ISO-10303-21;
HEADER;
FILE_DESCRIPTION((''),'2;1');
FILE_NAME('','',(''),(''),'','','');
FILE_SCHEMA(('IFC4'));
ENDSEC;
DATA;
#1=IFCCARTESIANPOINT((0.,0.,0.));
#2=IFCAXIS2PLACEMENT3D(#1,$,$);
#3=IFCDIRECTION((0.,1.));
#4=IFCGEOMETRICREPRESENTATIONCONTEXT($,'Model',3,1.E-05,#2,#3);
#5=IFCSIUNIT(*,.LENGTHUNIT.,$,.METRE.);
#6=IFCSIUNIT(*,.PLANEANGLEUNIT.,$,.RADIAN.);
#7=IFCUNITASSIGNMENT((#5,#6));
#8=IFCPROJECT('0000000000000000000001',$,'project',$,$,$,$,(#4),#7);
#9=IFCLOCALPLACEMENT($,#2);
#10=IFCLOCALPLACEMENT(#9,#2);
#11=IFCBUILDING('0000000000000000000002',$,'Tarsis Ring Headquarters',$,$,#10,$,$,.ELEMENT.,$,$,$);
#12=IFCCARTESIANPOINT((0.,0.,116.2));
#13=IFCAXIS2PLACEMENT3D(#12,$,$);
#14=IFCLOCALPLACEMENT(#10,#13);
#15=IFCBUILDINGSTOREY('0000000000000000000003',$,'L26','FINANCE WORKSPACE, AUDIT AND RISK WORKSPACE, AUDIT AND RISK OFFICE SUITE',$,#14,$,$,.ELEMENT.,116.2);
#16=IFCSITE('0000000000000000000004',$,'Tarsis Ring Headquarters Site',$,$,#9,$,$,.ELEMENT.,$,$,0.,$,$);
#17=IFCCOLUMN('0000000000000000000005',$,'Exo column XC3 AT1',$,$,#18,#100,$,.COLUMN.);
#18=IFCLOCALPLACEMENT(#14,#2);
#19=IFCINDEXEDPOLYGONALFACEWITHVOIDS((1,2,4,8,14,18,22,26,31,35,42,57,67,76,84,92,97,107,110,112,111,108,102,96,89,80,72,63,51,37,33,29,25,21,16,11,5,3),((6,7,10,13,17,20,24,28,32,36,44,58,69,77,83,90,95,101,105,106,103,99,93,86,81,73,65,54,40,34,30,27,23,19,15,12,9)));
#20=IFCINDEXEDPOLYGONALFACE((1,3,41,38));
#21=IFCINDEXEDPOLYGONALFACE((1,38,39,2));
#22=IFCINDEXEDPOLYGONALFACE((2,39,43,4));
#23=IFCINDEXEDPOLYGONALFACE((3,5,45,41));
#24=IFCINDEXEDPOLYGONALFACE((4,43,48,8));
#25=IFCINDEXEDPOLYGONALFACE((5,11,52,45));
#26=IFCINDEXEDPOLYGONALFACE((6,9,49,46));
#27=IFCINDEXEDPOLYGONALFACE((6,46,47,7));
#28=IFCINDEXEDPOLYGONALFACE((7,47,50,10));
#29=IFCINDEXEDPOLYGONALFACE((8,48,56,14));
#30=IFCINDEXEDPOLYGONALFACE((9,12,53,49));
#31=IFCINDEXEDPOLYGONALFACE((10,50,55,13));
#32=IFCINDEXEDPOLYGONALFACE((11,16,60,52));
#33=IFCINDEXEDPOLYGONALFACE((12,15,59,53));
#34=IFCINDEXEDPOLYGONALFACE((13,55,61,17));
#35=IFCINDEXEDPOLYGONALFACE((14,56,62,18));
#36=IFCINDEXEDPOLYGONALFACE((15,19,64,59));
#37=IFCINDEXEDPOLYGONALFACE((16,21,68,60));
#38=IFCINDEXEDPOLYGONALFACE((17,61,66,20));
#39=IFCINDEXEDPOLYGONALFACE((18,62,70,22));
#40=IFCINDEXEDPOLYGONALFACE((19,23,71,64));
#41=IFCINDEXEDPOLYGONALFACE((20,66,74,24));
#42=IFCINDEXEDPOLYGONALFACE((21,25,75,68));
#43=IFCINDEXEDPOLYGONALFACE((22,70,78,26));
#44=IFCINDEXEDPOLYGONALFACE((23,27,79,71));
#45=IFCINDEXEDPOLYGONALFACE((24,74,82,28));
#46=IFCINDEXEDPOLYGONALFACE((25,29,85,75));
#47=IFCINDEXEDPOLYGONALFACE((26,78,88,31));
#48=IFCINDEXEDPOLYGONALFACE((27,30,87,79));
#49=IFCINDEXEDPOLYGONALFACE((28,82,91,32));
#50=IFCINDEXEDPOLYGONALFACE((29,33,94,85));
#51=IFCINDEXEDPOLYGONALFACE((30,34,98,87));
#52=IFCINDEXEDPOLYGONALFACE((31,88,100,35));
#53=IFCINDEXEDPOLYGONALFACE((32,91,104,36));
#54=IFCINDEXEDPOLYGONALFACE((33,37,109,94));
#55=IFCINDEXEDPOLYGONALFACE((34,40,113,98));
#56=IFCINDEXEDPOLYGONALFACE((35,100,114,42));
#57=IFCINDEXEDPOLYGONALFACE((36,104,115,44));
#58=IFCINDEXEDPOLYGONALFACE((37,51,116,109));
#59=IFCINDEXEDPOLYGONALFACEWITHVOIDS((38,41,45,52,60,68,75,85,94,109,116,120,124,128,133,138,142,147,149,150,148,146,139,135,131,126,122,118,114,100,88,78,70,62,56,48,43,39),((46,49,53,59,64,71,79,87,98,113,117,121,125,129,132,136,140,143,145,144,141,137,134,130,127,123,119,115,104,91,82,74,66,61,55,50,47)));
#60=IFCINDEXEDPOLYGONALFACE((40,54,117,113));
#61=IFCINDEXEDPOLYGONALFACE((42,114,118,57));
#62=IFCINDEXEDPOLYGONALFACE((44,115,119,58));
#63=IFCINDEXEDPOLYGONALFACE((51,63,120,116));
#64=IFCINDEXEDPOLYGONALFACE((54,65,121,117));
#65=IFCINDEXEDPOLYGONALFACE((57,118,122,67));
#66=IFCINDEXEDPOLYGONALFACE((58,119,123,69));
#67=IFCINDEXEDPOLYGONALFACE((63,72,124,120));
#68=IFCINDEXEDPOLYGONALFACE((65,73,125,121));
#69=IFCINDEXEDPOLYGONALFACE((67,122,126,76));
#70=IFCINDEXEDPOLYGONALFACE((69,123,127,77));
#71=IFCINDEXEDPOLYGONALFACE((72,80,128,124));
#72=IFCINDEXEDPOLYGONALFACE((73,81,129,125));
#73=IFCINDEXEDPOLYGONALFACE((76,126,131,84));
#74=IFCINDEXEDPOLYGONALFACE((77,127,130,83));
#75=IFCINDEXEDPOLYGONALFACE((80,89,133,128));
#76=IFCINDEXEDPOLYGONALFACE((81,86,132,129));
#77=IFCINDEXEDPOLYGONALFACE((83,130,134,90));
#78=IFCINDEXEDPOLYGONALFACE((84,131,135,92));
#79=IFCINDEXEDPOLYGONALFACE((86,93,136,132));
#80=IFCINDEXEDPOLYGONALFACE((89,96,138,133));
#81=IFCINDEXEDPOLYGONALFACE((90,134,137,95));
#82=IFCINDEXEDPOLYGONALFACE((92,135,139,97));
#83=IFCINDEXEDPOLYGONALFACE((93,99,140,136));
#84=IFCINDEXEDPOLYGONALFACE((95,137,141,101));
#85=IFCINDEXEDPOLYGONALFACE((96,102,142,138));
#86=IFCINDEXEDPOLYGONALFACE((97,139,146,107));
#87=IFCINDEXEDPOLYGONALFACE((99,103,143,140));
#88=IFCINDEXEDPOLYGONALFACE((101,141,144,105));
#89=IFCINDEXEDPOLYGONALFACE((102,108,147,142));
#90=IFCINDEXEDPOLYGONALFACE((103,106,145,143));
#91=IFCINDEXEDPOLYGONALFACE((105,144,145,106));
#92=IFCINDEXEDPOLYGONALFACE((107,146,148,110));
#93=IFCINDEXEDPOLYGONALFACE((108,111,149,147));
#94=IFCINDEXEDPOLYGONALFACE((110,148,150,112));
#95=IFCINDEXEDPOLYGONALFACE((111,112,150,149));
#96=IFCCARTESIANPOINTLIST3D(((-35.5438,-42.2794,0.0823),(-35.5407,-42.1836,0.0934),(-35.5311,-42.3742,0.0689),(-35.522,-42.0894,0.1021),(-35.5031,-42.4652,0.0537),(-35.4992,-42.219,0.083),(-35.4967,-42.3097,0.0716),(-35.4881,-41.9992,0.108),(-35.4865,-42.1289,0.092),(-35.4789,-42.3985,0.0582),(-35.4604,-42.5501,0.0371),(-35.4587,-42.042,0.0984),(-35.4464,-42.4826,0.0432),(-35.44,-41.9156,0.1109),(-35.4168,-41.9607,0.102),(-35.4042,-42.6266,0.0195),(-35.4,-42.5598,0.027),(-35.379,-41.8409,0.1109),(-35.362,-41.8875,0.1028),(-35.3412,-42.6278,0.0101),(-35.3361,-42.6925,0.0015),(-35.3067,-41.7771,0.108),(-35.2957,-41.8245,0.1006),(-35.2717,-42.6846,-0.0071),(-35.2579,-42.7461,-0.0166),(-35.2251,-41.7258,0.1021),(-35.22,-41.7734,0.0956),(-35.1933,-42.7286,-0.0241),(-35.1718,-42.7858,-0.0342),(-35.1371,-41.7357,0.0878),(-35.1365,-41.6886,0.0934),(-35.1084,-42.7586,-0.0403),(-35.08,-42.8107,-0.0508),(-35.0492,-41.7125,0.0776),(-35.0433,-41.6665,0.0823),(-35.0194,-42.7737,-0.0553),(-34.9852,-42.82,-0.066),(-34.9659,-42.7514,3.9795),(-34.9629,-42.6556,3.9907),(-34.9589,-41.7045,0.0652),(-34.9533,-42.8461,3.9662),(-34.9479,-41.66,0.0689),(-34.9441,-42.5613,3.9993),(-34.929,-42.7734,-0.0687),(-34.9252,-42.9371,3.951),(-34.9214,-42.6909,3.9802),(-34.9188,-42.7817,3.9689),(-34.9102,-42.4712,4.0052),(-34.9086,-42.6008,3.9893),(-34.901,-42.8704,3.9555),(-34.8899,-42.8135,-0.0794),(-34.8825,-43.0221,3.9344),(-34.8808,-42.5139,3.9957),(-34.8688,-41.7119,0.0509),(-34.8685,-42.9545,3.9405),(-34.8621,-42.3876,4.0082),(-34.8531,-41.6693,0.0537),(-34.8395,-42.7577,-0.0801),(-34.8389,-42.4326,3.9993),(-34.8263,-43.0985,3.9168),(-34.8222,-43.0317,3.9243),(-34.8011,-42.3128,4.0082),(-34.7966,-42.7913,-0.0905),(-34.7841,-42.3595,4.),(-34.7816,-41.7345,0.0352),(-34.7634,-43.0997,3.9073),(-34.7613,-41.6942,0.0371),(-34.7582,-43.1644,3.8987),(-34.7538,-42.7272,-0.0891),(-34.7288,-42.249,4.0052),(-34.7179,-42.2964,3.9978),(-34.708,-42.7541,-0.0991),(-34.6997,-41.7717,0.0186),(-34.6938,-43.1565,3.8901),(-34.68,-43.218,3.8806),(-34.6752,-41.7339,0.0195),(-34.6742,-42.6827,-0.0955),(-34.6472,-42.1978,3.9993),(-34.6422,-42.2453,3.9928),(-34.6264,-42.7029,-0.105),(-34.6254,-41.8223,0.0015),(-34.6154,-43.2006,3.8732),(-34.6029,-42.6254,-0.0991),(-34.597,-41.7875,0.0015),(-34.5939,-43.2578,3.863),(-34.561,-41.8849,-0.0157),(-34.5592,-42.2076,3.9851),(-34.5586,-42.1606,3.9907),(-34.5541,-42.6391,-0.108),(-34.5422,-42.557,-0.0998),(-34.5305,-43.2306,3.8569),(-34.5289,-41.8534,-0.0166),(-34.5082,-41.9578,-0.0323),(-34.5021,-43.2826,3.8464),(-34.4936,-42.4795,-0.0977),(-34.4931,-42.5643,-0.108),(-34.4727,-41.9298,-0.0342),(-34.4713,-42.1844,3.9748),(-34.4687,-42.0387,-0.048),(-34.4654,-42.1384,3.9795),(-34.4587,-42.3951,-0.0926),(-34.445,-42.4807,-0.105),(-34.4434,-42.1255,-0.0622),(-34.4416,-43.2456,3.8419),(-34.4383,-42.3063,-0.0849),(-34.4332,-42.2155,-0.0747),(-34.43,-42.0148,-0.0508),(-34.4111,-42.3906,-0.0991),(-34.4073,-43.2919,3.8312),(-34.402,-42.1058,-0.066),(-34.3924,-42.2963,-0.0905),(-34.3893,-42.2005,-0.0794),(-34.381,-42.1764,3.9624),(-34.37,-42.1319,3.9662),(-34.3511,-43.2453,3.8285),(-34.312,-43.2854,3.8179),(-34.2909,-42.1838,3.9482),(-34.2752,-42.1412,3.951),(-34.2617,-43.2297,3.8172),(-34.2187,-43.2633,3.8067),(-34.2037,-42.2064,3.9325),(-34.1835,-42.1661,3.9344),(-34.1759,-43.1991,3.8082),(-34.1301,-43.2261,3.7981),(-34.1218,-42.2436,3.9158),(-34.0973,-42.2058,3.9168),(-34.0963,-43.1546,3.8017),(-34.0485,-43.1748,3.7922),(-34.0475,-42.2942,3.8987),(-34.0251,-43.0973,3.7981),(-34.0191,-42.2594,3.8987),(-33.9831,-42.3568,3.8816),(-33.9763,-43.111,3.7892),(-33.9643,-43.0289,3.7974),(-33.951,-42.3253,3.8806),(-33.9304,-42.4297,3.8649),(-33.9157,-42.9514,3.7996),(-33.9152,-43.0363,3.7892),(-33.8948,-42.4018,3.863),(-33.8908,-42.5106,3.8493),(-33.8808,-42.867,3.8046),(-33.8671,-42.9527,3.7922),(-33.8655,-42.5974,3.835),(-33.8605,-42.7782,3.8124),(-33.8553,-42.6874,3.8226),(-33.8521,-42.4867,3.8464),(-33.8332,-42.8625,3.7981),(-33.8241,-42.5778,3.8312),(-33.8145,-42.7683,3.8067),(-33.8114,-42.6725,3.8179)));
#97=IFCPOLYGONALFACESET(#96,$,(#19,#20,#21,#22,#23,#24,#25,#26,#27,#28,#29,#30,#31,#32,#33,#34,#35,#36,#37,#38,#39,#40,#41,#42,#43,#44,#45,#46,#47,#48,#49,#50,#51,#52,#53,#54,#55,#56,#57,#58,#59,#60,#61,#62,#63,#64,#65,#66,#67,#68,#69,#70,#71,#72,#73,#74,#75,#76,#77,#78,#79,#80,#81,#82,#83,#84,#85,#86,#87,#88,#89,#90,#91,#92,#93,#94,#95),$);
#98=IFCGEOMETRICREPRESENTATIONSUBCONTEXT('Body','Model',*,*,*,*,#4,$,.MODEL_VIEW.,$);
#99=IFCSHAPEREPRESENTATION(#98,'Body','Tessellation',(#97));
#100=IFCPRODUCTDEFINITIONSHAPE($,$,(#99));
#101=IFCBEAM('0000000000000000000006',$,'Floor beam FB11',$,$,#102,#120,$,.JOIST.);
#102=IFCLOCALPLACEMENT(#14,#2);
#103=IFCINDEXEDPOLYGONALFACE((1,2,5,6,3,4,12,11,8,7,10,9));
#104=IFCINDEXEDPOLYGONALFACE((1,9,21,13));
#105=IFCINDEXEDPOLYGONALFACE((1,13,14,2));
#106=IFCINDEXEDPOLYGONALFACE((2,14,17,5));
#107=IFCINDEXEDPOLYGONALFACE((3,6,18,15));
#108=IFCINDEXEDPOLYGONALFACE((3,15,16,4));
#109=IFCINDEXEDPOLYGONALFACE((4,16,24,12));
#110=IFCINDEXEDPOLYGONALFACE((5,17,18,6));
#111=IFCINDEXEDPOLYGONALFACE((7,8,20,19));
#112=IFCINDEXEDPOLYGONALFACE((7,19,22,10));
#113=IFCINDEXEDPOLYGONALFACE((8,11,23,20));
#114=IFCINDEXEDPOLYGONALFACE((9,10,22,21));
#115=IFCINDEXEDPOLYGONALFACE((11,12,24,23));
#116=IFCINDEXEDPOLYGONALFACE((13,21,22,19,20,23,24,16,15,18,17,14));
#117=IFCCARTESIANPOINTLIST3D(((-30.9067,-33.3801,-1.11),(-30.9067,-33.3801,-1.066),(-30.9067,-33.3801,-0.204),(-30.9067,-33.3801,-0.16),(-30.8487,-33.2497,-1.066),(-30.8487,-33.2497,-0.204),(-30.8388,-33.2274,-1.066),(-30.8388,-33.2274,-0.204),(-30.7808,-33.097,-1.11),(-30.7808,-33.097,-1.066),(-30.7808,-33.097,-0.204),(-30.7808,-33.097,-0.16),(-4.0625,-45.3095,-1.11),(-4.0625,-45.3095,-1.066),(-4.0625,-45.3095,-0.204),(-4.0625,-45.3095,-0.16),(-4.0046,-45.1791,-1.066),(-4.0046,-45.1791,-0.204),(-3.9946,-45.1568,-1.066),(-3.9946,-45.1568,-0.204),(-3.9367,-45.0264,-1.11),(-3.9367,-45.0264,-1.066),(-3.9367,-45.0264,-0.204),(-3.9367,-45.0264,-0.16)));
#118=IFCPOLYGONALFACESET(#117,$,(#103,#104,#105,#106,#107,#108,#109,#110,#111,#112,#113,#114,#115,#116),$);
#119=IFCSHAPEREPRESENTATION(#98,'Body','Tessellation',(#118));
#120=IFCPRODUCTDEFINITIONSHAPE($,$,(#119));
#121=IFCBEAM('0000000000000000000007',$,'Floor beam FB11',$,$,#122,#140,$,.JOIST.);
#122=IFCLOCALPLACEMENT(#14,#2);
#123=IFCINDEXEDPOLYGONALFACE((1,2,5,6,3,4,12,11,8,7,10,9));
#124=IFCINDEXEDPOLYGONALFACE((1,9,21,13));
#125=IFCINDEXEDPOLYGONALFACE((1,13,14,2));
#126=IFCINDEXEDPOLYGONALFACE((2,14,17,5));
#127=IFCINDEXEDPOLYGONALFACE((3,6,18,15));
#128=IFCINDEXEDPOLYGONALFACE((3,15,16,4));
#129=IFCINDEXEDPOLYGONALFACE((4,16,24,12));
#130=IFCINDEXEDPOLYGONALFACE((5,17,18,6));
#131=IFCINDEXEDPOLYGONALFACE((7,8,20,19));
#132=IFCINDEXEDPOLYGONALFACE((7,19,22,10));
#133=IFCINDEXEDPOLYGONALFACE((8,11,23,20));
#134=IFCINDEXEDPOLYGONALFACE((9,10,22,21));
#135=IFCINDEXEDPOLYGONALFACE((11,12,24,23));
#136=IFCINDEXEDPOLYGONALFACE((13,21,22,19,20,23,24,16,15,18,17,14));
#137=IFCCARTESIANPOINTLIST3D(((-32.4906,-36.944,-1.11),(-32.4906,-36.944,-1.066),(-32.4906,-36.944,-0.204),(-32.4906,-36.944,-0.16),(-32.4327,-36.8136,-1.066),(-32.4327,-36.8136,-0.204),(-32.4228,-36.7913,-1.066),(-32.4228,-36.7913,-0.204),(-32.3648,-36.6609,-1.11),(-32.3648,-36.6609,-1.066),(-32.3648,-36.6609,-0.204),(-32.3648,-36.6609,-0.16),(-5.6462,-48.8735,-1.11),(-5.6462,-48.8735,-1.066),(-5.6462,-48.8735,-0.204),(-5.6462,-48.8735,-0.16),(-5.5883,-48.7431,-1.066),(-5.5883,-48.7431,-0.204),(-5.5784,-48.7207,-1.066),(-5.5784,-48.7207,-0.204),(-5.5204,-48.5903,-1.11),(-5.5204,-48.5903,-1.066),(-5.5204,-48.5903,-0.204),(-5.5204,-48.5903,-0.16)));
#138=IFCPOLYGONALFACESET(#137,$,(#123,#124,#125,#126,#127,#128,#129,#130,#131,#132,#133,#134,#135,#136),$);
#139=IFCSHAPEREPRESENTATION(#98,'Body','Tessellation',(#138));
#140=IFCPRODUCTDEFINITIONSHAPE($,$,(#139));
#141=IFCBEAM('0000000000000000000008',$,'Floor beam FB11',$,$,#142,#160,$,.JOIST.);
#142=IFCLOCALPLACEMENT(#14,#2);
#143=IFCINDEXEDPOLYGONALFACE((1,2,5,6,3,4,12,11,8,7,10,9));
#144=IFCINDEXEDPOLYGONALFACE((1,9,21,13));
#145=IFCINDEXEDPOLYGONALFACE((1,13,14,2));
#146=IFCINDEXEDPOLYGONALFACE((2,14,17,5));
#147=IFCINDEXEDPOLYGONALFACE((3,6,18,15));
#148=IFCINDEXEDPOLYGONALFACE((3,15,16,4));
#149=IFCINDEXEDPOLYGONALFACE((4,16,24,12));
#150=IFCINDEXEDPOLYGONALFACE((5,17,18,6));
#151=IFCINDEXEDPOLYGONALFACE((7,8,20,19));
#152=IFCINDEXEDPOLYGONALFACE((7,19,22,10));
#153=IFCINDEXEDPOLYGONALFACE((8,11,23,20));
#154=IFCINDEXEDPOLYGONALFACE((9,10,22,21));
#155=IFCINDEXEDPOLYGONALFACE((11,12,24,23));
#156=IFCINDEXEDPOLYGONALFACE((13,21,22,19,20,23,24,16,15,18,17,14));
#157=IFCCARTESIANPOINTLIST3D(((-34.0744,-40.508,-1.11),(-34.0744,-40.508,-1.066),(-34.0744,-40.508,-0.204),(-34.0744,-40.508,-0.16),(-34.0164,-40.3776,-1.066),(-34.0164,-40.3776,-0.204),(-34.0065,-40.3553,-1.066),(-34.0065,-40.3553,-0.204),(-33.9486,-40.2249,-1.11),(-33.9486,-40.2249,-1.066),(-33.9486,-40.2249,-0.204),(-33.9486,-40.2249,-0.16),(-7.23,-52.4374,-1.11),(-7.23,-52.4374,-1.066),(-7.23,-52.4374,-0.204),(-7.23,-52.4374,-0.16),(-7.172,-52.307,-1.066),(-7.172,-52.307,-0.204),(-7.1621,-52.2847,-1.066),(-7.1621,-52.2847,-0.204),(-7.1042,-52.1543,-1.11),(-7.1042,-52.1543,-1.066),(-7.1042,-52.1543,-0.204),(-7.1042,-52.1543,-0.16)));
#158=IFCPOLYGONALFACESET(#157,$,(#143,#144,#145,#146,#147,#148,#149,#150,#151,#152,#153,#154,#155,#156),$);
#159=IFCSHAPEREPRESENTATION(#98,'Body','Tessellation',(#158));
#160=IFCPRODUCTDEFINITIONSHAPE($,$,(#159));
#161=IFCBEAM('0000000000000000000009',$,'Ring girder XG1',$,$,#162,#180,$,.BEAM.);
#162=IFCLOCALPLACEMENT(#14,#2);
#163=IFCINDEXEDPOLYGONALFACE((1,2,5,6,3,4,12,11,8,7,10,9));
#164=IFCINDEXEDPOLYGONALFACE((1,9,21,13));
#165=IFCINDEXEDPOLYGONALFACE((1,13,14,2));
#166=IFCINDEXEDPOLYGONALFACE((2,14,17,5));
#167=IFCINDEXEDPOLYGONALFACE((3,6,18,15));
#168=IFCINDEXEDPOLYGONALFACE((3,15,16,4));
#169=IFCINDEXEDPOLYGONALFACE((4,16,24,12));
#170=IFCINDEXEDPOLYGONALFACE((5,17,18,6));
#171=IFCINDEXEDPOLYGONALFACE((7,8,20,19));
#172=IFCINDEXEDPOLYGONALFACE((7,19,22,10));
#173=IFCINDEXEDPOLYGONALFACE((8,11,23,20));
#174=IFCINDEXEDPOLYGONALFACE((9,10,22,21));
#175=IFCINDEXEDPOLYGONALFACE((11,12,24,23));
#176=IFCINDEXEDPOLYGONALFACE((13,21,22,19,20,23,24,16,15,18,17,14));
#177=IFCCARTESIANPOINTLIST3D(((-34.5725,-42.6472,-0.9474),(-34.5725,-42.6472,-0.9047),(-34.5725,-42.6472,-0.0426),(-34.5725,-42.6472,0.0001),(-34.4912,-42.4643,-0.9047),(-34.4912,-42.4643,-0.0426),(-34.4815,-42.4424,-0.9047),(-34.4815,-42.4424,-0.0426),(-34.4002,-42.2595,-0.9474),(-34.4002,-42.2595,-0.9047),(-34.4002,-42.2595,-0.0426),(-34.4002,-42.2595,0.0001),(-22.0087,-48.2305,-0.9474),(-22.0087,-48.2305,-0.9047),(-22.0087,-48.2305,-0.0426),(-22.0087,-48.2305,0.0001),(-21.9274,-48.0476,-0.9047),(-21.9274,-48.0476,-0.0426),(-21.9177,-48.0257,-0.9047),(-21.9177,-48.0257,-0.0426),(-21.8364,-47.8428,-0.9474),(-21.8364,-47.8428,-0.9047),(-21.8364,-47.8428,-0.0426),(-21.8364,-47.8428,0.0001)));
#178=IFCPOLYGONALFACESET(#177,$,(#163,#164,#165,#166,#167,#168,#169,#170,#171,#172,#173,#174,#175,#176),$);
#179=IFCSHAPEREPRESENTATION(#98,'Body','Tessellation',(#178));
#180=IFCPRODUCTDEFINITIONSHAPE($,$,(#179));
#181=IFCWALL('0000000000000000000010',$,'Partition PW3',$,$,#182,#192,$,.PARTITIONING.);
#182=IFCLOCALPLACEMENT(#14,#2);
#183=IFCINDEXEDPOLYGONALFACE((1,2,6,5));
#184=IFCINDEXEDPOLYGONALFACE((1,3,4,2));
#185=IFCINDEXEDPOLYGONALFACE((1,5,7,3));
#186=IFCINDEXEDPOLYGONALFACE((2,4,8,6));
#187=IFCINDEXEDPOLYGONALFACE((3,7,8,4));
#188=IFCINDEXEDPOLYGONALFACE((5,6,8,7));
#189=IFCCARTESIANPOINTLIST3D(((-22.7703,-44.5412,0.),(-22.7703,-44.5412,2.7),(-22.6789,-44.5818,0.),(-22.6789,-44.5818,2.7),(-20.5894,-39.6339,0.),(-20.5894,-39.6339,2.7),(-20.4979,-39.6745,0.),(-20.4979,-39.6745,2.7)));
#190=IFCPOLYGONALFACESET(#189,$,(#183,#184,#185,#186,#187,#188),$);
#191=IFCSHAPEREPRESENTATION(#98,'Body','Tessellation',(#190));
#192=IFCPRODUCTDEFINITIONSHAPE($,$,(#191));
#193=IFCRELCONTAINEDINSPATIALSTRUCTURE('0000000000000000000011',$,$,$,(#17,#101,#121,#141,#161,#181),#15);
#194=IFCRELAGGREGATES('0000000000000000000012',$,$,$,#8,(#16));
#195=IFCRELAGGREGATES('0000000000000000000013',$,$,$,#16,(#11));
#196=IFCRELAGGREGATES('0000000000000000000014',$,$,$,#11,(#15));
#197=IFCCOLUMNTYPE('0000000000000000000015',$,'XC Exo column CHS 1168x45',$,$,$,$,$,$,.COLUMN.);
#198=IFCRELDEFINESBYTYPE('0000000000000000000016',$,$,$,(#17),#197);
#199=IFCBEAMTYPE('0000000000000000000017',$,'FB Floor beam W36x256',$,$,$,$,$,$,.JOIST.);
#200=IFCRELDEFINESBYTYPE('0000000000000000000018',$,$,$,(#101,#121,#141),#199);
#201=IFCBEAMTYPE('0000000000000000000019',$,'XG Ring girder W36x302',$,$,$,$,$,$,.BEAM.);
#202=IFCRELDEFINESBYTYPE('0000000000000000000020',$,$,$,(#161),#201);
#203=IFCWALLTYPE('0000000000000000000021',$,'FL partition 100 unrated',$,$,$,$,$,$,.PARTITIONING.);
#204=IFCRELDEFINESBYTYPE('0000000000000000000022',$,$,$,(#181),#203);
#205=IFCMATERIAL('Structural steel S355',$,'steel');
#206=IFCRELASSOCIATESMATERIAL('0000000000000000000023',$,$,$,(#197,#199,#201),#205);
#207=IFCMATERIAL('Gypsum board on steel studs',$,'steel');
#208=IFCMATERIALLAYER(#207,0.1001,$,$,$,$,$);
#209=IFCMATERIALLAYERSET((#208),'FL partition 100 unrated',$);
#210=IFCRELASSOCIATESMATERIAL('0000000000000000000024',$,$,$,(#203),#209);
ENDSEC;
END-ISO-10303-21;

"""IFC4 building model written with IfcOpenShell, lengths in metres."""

from ifc_helpers import new_model, si_unit, direction, frame, frame_2d, origin, origin_2d, place, context, subcontext, project, spatial, rectangle, hollow_circle, i_section, extrude, material, layer, layer_set, material_profile, profile_set, type_object, element, save


model = new_model("IFC4")

# Units and contexts
model_context = context("Model", 3, precision=1e-05, world=origin(), true_north=direction((0.0, 1.0)))
body_context = subcontext(model_context, "Body", "Model", "MODEL_VIEW")
ifc_project = project(units=[si_unit("LENGTHUNIT", "METRE"), si_unit("PLANEANGLEUNIT", "RADIAN")], contexts=[model_context])

# Site, building, storey
site_placement = place(None, origin())
site = spatial("IfcSite", under=ifc_project, at=site_placement, Name="Tarsis Ring Headquarters Site", CompositionType="ELEMENT", RefElevation=0.0)
building_placement = place(site_placement, origin())
building = spatial("IfcBuilding", under=site, at=building_placement, Name="Tarsis Ring Headquarters", CompositionType="ELEMENT")
storey_placement = place(building_placement, frame((0.0, 0.0, 116.2)))
storey = spatial("IfcBuildingStorey", under=building, at=storey_placement, Name="L26", Description="FINANCE WORKSPACE, AUDIT AND RISK WORKSPACE, AUDIT AND RISK OFFICE SUITE", CompositionType="ELEMENT", Elevation=116.2)

# Column
ifc_material_1 = material(Name="Structural steel S355", Category="steel")
ifc_material_profile_1 = material_profile(ifc_material_1, hollow_circle(Radius=0.5842, WallThickness=0.0449, at=origin_2d()), Name="CHS 1168x45")
ifc_profile_set_1 = profile_set([ifc_material_profile_1], Name="Structural steel S355")
column_type = type_object("IfcColumnType", Name="XC Exo column CHS 1168x45", PredefinedType="COLUMN", material=ifc_profile_set_1)
column_placement = place(storey_placement, frame((-34.9666, -42.24, 0.0015), z_axis=(0.145636, -0.118933, 0.982164), x_axis=(0.632525, 0.77454, 0.0)))
element("IfcColumn", 1, at=column_placement, inside=storey, type_object=column_type, Name="Exo column XC3 AT1", PredefinedType="COLUMN", context=body_context, shape_type="SweptSolid", body=[
    extrude(hollow_circle(Radius=0.5842, WallThickness=0.0449, at=origin_2d()), origin(), (0.0, 0.0, 1.0), 3.968),
])

# Beams
ifc_material_profile_2 = material_profile(ifc_material_1, i_section(OverallWidth=0.3098, OverallDepth=0.95, WebThickness=0.0244, FlangeThickness=0.0439, at=origin_2d()), Name="W36x256")
ifc_profile_set_2 = profile_set([ifc_material_profile_2], Name="Structural steel S355")
beam_type_1 = type_object("IfcBeamType", Name="FB Floor beam W36x256", PredefinedType="JOIST", material=ifc_profile_set_2)
beam_1_placement = place(storey_placement, frame((-30.8438, -33.2385, -0.635), z_axis=(0.913828, -0.406101, 0.0), x_axis=(0.406101, 0.913828, 0.0)))
element("IfcBeam", 2, at=beam_1_placement, inside=storey, type_object=beam_type_1, Name="Floor beam FB11", PredefinedType="JOIST", context=body_context, shape_type="SweptSolid", body=[
    extrude(i_section(OverallWidth=0.3098, OverallDepth=0.95, WebThickness=0.0244, FlangeThickness=0.0439, at=origin_2d()), origin(), (0.0, 0.0, 1.0), 29.3755),
])
for number, where, z_axis, x_axis, name in (
    (3, (-32.4277, -36.8025, -0.635), (0.91383, -0.406098, 0.0), (0.406098, 0.91383, 0.0), "Floor beam FB11"),
    (4, (-34.0115, -40.3665, -0.635), (0.91383, -0.406098, 0.0), (0.406098, 0.91383, 0.0), "Floor beam FB11"),
):
    element("IfcBeam", number, at=place(storey_placement, frame(where, z_axis=z_axis, x_axis=x_axis)), inside=storey, type_object=beam_type_1, Name=name, PredefinedType="JOIST", context=body_context, shape_type="SweptSolid", body=[
        extrude(i_section(OverallWidth=0.3098, OverallDepth=0.95, WebThickness=0.0244, FlangeThickness=0.0439, at=origin_2d()), origin(), (0.0, 0.0, 1.0), 29.3757),
    ])
ifc_material_profile_3 = material_profile(ifc_material_1, i_section(OverallWidth=0.4243, OverallDepth=0.9475, WebThickness=0.0239, FlangeThickness=0.0427, at=origin_2d()), Name="W36x302")
ifc_profile_set_3 = profile_set([ifc_material_profile_3], Name="Structural steel S355")
beam_type_2 = type_object("IfcBeamType", Name="XG Ring girder W36x302", PredefinedType="BEAM", material=ifc_profile_set_3)
beam_2_placement = place(storey_placement, frame((-34.4863, -42.4534, -0.4736), z_axis=(0.913828, -0.406101, 0.0), x_axis=(0.406101, 0.913828, 0.0)))
element("IfcBeam", 5, at=beam_2_placement, inside=storey, type_object=beam_type_2, Name="Ring girder XG1", PredefinedType="BEAM", context=body_context, shape_type="SweptSolid", body=[
    extrude(i_section(OverallWidth=0.4243, OverallDepth=0.9475, WebThickness=0.0239, FlangeThickness=0.0427, at=origin_2d()), origin(), (0.0, 0.0, 1.0), 13.7485),
])

# Wall
ifc_material_2 = material(Name="Gypsum board on steel studs", Category="steel")
ifc_layer_1 = layer(ifc_material_2, 0.1001)
ifc_layer_set_1 = layer_set([ifc_layer_1], Name="FL partition 100 unrated")
wall_type_1 = type_object("IfcWallType", Name="FL partition 100 unrated", PredefinedType="PARTITIONING", material=ifc_layer_set_1)
wall_1_placement = place(storey_placement, frame((-22.7246, -44.5615, 0.0), z_axis=(0.0, 0.0, 1.0), x_axis=(0.406126, 0.913817, 0.0)))
element("IfcWall", 6, at=wall_1_placement, inside=storey, type_object=wall_type_1, Name="Partition PW3", PredefinedType="PARTITIONING", context=body_context, shape_type="SweptSolid", body=[
    extrude(rectangle(XDim=5.3701, YDim=0.1001, at=frame_2d((2.6851, 0.0))), origin(), (0.0, 0.0, 1.0), 2.7),
])

save(model, "model.ifc")
